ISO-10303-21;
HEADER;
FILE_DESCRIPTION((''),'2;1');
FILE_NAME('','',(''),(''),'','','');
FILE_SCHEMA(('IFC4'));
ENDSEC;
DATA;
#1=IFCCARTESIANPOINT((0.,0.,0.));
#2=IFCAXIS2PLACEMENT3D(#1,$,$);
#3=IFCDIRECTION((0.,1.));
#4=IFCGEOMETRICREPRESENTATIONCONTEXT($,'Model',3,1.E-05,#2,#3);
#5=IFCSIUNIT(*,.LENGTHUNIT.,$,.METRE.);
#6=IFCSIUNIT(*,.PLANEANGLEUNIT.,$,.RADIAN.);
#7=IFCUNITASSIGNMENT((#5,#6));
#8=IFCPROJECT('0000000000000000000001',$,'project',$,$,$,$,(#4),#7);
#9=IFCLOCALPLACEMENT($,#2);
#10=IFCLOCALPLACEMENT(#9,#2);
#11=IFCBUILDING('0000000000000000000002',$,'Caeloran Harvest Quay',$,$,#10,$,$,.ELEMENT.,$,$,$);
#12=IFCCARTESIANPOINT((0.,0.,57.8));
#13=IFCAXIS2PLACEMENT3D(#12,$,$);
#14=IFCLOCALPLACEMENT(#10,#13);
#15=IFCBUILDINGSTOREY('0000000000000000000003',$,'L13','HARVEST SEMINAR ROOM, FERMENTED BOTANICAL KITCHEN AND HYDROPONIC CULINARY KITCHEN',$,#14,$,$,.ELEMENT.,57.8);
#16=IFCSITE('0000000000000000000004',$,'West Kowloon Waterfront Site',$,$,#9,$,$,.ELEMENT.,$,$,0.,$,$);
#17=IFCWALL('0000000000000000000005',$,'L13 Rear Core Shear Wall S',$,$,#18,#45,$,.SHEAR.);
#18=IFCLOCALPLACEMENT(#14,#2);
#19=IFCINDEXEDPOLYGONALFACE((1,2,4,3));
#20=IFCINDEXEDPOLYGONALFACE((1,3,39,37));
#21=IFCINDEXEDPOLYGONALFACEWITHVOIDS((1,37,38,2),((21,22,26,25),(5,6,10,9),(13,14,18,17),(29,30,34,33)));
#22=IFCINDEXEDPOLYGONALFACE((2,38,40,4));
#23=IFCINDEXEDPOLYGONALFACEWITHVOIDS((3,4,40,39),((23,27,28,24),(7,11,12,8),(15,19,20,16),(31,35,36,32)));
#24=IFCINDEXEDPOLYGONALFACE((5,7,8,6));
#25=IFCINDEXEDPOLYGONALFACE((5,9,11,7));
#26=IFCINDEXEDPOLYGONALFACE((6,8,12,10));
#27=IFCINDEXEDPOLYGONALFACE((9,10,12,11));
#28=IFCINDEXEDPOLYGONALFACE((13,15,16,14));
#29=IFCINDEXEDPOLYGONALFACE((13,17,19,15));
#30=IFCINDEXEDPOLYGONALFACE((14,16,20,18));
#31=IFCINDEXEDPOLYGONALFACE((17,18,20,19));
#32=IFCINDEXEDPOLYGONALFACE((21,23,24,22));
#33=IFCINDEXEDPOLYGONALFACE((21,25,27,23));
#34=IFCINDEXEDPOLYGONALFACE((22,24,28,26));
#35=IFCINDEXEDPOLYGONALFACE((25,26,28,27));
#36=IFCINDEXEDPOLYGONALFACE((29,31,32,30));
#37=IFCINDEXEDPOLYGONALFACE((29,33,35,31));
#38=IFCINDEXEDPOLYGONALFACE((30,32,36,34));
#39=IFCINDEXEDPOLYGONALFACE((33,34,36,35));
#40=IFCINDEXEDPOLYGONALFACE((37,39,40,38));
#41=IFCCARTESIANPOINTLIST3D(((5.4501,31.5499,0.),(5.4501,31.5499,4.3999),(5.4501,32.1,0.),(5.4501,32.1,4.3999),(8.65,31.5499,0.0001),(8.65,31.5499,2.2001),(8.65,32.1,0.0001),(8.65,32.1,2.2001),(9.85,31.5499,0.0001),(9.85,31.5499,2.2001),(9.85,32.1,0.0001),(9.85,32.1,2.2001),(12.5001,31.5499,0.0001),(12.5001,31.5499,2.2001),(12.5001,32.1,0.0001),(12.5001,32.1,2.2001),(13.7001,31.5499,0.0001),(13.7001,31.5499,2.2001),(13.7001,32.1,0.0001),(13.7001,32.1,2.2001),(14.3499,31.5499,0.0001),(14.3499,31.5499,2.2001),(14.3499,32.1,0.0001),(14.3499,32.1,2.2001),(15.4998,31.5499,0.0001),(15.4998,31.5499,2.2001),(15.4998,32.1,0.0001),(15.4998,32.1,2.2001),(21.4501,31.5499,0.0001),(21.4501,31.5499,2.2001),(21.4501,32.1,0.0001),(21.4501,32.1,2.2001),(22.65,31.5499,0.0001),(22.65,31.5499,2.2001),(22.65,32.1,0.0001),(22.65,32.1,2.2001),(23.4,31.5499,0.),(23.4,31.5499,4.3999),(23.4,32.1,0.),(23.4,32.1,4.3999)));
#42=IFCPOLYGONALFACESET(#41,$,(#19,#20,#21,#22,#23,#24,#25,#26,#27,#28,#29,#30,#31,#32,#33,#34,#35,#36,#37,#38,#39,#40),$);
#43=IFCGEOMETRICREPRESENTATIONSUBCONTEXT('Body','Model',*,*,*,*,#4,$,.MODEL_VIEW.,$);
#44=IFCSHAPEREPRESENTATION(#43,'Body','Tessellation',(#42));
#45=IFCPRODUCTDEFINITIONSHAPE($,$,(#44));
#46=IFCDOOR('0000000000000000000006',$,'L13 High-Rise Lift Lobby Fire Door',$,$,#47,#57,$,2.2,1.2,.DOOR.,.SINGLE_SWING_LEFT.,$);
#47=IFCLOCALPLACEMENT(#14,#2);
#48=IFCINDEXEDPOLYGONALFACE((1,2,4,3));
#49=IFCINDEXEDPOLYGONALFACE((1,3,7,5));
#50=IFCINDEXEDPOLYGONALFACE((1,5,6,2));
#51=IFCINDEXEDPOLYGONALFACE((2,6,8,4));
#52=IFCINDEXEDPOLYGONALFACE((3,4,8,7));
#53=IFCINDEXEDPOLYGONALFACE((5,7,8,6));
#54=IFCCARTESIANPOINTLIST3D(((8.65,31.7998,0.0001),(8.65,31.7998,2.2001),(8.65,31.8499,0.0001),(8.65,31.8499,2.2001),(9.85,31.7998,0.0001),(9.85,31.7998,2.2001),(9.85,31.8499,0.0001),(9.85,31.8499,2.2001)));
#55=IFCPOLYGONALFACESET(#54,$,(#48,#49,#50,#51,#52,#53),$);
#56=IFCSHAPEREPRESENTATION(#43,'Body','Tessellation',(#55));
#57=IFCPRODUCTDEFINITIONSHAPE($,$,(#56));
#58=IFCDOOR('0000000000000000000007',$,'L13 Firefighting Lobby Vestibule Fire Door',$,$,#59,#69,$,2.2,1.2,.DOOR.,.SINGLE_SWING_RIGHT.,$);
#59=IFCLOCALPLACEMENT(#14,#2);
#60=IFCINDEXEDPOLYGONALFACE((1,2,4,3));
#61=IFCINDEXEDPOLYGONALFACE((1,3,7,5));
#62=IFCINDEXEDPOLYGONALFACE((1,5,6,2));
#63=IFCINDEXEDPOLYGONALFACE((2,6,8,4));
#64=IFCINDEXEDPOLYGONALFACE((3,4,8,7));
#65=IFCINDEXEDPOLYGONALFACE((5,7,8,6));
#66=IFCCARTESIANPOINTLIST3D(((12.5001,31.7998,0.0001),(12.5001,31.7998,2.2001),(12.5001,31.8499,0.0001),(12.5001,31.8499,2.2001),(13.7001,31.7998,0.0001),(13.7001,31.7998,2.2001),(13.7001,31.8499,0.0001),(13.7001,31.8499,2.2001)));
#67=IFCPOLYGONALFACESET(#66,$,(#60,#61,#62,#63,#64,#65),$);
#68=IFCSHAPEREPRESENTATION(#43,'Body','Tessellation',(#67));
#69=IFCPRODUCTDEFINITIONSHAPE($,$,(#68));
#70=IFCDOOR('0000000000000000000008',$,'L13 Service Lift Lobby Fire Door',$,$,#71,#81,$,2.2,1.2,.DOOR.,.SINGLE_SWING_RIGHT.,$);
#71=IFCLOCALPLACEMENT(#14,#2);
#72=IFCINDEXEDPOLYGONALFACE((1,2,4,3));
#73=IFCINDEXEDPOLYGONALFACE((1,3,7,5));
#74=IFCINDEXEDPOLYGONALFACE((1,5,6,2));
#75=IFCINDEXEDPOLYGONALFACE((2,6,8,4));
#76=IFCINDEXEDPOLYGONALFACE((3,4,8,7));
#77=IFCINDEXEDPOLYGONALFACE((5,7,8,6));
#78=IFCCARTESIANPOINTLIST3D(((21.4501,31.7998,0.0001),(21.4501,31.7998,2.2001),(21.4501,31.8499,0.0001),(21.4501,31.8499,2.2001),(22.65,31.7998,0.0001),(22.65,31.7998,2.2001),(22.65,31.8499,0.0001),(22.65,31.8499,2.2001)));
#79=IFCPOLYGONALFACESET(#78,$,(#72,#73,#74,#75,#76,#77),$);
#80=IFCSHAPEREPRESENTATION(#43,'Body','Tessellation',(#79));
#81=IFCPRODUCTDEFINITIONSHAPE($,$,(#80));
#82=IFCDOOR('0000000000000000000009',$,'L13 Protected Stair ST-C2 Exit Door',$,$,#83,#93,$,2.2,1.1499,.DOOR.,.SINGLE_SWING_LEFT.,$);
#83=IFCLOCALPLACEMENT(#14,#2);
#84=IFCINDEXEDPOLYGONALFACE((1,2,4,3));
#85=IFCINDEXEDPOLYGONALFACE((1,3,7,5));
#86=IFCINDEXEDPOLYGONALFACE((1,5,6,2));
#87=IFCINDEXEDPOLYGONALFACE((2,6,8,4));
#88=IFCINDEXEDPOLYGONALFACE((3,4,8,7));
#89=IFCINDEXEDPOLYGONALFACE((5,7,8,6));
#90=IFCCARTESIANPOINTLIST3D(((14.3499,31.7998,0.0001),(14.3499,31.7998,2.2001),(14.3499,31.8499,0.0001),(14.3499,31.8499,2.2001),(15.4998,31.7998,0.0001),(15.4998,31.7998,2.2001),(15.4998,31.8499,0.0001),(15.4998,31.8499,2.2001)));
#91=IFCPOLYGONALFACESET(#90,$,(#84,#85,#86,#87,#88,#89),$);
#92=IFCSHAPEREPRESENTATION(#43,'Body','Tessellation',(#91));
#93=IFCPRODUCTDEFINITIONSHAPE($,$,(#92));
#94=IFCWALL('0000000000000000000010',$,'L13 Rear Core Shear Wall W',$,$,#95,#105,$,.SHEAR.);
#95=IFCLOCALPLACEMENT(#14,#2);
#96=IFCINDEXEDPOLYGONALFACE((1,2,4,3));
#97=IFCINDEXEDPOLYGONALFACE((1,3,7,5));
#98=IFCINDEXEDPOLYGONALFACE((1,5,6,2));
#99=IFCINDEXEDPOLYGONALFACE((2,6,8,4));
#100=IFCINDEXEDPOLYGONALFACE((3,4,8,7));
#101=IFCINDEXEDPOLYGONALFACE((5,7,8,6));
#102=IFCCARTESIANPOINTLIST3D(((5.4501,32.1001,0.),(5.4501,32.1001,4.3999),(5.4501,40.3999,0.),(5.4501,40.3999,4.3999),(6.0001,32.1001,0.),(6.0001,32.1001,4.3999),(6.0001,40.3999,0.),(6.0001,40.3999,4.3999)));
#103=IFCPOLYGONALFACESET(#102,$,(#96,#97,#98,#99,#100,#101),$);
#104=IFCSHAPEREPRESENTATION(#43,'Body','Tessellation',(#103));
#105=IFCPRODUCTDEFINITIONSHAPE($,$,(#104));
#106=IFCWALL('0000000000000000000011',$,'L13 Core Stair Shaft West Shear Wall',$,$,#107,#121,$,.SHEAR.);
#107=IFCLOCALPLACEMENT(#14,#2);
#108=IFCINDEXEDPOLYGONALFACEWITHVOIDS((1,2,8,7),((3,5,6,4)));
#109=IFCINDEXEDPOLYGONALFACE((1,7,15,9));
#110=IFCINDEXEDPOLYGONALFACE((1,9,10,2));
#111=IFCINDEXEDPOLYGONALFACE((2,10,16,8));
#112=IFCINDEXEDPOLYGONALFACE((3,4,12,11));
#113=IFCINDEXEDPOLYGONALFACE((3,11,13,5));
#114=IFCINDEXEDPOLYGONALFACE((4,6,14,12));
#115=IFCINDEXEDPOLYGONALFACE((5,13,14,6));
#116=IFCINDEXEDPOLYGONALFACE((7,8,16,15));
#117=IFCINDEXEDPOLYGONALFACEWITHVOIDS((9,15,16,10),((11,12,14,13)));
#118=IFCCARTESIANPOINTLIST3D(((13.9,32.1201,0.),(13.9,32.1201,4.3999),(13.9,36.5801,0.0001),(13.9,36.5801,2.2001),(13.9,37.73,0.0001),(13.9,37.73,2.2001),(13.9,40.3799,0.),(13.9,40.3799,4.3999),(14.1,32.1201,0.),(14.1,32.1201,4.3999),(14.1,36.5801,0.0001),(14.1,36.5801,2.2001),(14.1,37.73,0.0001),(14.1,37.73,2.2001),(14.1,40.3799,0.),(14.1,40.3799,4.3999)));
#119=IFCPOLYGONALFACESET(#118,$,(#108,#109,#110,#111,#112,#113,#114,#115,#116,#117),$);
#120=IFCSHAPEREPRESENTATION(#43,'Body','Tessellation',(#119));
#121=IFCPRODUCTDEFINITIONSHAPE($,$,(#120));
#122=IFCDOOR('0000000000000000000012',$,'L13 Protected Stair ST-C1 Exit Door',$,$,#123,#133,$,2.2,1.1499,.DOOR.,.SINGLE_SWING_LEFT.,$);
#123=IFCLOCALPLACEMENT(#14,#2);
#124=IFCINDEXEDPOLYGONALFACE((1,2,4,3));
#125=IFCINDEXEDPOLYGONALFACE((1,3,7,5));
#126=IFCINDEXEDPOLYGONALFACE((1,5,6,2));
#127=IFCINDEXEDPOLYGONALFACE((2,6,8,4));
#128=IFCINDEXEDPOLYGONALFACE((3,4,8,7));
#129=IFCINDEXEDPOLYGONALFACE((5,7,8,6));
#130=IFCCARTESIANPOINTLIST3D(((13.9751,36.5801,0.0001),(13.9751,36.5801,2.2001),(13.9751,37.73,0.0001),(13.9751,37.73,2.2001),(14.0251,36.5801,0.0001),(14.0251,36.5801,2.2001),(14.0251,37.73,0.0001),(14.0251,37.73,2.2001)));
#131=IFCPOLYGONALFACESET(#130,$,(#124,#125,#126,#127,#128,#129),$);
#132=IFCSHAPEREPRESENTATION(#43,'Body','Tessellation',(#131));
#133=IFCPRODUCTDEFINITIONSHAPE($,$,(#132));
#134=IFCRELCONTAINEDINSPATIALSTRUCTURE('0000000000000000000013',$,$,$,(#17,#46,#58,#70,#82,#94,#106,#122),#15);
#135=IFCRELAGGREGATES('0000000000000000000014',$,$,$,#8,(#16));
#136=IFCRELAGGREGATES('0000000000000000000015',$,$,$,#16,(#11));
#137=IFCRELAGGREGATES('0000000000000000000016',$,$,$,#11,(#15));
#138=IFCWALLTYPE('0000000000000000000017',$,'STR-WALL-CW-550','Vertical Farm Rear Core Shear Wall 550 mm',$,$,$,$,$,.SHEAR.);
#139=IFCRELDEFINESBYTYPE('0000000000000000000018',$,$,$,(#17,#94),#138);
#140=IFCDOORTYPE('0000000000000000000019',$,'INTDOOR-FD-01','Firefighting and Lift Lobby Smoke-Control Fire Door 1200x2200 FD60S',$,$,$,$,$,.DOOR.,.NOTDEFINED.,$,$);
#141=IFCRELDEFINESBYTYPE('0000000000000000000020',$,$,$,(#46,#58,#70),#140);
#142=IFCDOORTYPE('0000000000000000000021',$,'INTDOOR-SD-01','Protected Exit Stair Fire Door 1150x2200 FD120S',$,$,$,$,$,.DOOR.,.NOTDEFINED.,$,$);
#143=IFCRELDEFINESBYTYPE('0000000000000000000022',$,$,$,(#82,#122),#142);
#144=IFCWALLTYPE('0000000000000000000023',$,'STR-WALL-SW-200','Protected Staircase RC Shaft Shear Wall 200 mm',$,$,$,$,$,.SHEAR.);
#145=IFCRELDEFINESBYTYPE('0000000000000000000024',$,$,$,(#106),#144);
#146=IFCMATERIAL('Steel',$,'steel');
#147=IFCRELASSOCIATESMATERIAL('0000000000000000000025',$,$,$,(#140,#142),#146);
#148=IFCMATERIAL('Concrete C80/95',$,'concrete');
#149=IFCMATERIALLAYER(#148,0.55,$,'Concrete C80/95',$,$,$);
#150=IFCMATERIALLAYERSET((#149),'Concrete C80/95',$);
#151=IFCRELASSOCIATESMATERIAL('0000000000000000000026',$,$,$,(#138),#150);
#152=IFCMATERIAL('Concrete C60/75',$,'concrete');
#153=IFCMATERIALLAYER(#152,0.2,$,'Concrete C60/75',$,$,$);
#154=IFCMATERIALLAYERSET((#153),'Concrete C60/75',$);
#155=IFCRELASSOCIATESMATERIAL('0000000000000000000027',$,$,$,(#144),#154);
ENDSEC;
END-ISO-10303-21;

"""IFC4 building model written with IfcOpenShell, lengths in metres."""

from ifc_helpers import new_model, si_unit, direction, frame, frame_2d, origin, place, context, subcontext, project, spatial, rectangle, extrude, material, layer, layer_set, type_object, element, fill, save


model = new_model("IFC4")

# Units and contexts
model_context = context("Model", 3, precision=1e-05, world=origin(), true_north=direction((0.0, 1.0)))
body_context = subcontext(model_context, "Body", "Model", "MODEL_VIEW")
ifc_project = project(units=[si_unit("LENGTHUNIT", "METRE"), si_unit("PLANEANGLEUNIT", "RADIAN")], contexts=[model_context])

# Site, building, storey
site_placement = place(None, origin())
site = spatial("IfcSite", under=ifc_project, at=site_placement, Name="West Kowloon Waterfront Site", CompositionType="ELEMENT", RefElevation=0.0)
building_placement = place(site_placement, origin())
building = spatial("IfcBuilding", under=site, at=building_placement, Name="Caeloran Harvest Quay", CompositionType="ELEMENT")
storey_placement = place(building_placement, frame((0.0, 0.0, 57.8)))
storey = spatial("IfcBuildingStorey", under=building, at=storey_placement, Name="L13", Description="HARVEST SEMINAR ROOM, FERMENTED BOTANICAL KITCHEN AND HYDROPONIC CULINARY KITCHEN", CompositionType="ELEMENT", Elevation=57.8)

# Shared definitions
ifc_material_1 = material(Name="Concrete C80/95", Category="concrete")

# Shared definitions
ifc_material_2 = material(Name="Steel", Category="steel")
door_type_1 = type_object("IfcDoorType", Name="INTDOOR-FD-01", Description="Firefighting and Lift Lobby Smoke-Control Fire Door 1200x2200 FD60S", OperationType="NOTDEFINED", PredefinedType="DOOR", material=ifc_material_2)

# Wall, openings, doors
ifc_layer_1 = layer(ifc_material_1, 0.55, Name="Concrete C80/95")
ifc_layer_set_1 = layer_set([ifc_layer_1], Name="Concrete C80/95")
wall_type_1 = type_object("IfcWallType", Name="STR-WALL-CW-550", Description="Vertical Farm Rear Core Shear Wall 550 mm", PredefinedType="SHEAR", material=ifc_layer_set_1)
wall_1_placement = place(storey_placement, frame((5.45, 31.825, 0.0), z_axis=(0.0, 0.0, 1.0), x_axis=(1.0, 0.0, 0.0)))
wall_1 = element("IfcWall", 1, at=wall_1_placement, inside=storey, type_object=wall_type_1, Name="L13 Rear Core Shear Wall S", PredefinedType="SHEAR", context=body_context, shape_type="SweptSolid", body=[
    extrude(rectangle(XDim=17.95, YDim=0.55, at=frame_2d((8.9751, 0.0))), origin(), (0.0, 0.0, 1.0), 4.3999),
])
opening_1_placement = place(wall_1_placement, frame((3.2, 0.0, 0.0)))
opening_1 = element("IfcOpeningElement", 2, at=opening_1_placement, cuts=wall_1, PredefinedType="OPENING", context=body_context, shape_type="SweptSolid", body=[
    extrude(rectangle(XDim=1.2, YDim=2.2, at=frame_2d((0.6001, 1.1001))), frame((0.0, 0.2852, 0.0), z_axis=(0.0, -1.0, 0.0), x_axis=(1.0, 0.0, 0.0)), (0.0, 0.0, 1.0), 0.5701),
])
opening_2_placement = place(wall_1_placement, frame((7.05, 0.0, 0.0)))
opening_2 = element("IfcOpeningElement", 3, at=opening_2_placement, cuts=wall_1, PredefinedType="OPENING", context=body_context, shape_type="SweptSolid", body=[
    extrude(rectangle(XDim=1.2, YDim=2.2, at=frame_2d((0.6001, 1.1001))), frame((0.0, 0.2852, 0.0), z_axis=(0.0, -1.0, 0.0), x_axis=(1.0, 0.0, 0.0)), (0.0, 0.0, 1.0), 0.5701),
])
opening_3_placement = place(wall_1_placement, frame((8.8999, 0.0, 0.0)))
opening_3 = element("IfcOpeningElement", 4, at=opening_3_placement, cuts=wall_1, PredefinedType="OPENING", context=body_context, shape_type="SweptSolid", body=[
    extrude(rectangle(XDim=1.1499, YDim=2.2, at=frame_2d((0.575, 1.1001))), frame((0.0, 0.2852, 0.0), z_axis=(0.0, -1.0, 0.0), x_axis=(1.0, 0.0, 0.0)), (0.0, 0.0, 1.0), 0.5701),
])
opening_4_placement = place(wall_1_placement, frame((16.0, 0.0, 0.0)))
opening_4 = element("IfcOpeningElement", 5, at=opening_4_placement, cuts=wall_1, PredefinedType="OPENING", context=body_context, shape_type="SweptSolid", body=[
    extrude(rectangle(XDim=1.2, YDim=2.2, at=frame_2d((0.6001, 1.1001))), frame((0.0, 0.2852, 0.0), z_axis=(0.0, -1.0, 0.0), x_axis=(1.0, 0.0, 0.0)), (0.0, 0.0, 1.0), 0.5701),
])
door_1_placement = place(opening_1_placement, origin())
door_1 = element("IfcDoor", 6, at=door_1_placement, inside=storey, type_object=door_type_1, Name="L13 High-Rise Lift Lobby Fire Door", OperationType="SINGLE_SWING_LEFT", OverallHeight=2.2, OverallWidth=1.2, PredefinedType="DOOR", context=body_context, shape_type="SweptSolid", body=[
    extrude(rectangle(XDim=1.2, YDim=2.2, at=frame_2d((0.6001, 1.1001))), frame((0.0, 0.0249, 0.0), z_axis=(0.0, -1.0, 0.0), x_axis=(1.0, 0.0, 0.0)), (0.0, 0.0, 1.0), 0.05),
])
fill(opening_1, door_1)
door_2_placement = place(opening_2_placement, origin())
door_2 = element("IfcDoor", 7, at=door_2_placement, inside=storey, type_object=door_type_1, Name="L13 Firefighting Lobby Vestibule Fire Door", OperationType="SINGLE_SWING_RIGHT", OverallHeight=2.2, OverallWidth=1.2, PredefinedType="DOOR", context=body_context, shape_type="SweptSolid", body=[
    extrude(rectangle(XDim=1.2, YDim=2.2, at=frame_2d((0.6001, 1.1001))), frame((0.0, 0.0249, 0.0), z_axis=(0.0, -1.0, 0.0), x_axis=(1.0, 0.0, 0.0)), (0.0, 0.0, 1.0), 0.05),
])
fill(opening_2, door_2)
door_3_placement = place(opening_4_placement, origin())
door_3 = element("IfcDoor", 8, at=door_3_placement, inside=storey, type_object=door_type_1, Name="L13 Service Lift Lobby Fire Door", OperationType="SINGLE_SWING_RIGHT", OverallHeight=2.2, OverallWidth=1.2, PredefinedType="DOOR", context=body_context, shape_type="SweptSolid", body=[
    extrude(rectangle(XDim=1.2, YDim=2.2, at=frame_2d((0.6001, 1.1001))), frame((0.0, 0.0249, 0.0), z_axis=(0.0, -1.0, 0.0), x_axis=(1.0, 0.0, 0.0)), (0.0, 0.0, 1.0), 0.05),
])
fill(opening_4, door_3)
door_type_2 = type_object("IfcDoorType", Name="INTDOOR-SD-01", Description="Protected Exit Stair Fire Door 1150x2200 FD120S", OperationType="NOTDEFINED", PredefinedType="DOOR", material=ifc_material_2)
door_4_placement = place(opening_3_placement, origin())
door_4 = element("IfcDoor", 9, at=door_4_placement, inside=storey, type_object=door_type_2, Name="L13 Protected Stair ST-C2 Exit Door", OperationType="SINGLE_SWING_LEFT", OverallHeight=2.2, OverallWidth=1.1499, PredefinedType="DOOR", context=body_context, shape_type="SweptSolid", body=[
    extrude(rectangle(XDim=1.1499, YDim=2.2, at=frame_2d((0.575, 1.1001))), frame((0.0, 0.0249, 0.0), z_axis=(0.0, -1.0, 0.0), x_axis=(1.0, 0.0, 0.0)), (0.0, 0.0, 1.0), 0.05),
])
fill(opening_3, door_4)

# Wall
wall_2_placement = place(storey_placement, frame((5.7251, 32.1001, 0.0), z_axis=(0.0, 0.0, 1.0), x_axis=(0.0, 1.0, 0.0)))
element("IfcWall", 10, at=wall_2_placement, inside=storey, type_object=wall_type_1, Name="L13 Rear Core Shear Wall W", PredefinedType="SHEAR", context=body_context, shape_type="SweptSolid", body=[
    extrude(rectangle(XDim=8.2998, YDim=0.55, at=frame_2d((4.1499, 0.0))), origin(), (0.0, 0.0, 1.0), 4.3999),
])

# Wall, opening, door
ifc_material_3 = material(Name="Concrete C60/75", Category="concrete")
ifc_layer_2 = layer(ifc_material_3, 0.2, Name="Concrete C60/75")
ifc_layer_set_2 = layer_set([ifc_layer_2], Name="Concrete C60/75")
wall_type_2 = type_object("IfcWallType", Name="STR-WALL-SW-200", Description="Protected Staircase RC Shaft Shear Wall 200 mm", PredefinedType="SHEAR", material=ifc_layer_set_2)
wall_3_placement = place(storey_placement, frame((14.0, 32.1201, 0.0), z_axis=(0.0, 0.0, 1.0), x_axis=(0.0, 1.0, 0.0)))
wall_3 = element("IfcWall", 11, at=wall_3_placement, inside=storey, type_object=wall_type_2, Name="L13 Core Stair Shaft West Shear Wall", PredefinedType="SHEAR", context=body_context, shape_type="SweptSolid", body=[
    extrude(rectangle(XDim=8.2598, YDim=0.2, at=frame_2d((4.1299, 0.0))), origin(), (0.0, 0.0, 1.0), 4.3999),
])
opening_5_placement = place(wall_3_placement, frame((4.46, 0.0, 0.0)))
opening_5 = element("IfcOpeningElement", 12, at=opening_5_placement, cuts=wall_3, PredefinedType="OPENING", context=body_context, shape_type="SweptSolid", body=[
    extrude(rectangle(XDim=1.1499, YDim=2.2, at=frame_2d((0.575, 1.1001))), frame((0.0, 0.1099, 0.0), z_axis=(0.0, -1.0, 0.0), x_axis=(1.0, 0.0, 0.0)), (0.0, 0.0, 1.0), 0.22),
])
door_5_placement = place(opening_5_placement, origin())
door_5 = element("IfcDoor", 13, at=door_5_placement, inside=storey, type_object=door_type_2, Name="L13 Protected Stair ST-C1 Exit Door", OperationType="SINGLE_SWING_LEFT", OverallHeight=2.2, OverallWidth=1.1499, PredefinedType="DOOR", context=body_context, shape_type="SweptSolid", body=[
    extrude(rectangle(XDim=1.1499, YDim=2.2, at=frame_2d((0.575, 1.1001))), frame((0.0, 0.0249, 0.0), z_axis=(0.0, -1.0, 0.0), x_axis=(1.0, 0.0, 0.0)), (0.0, 0.0, 1.0), 0.05),
])
fill(opening_5, door_5)

save(model, "model.ifc")
